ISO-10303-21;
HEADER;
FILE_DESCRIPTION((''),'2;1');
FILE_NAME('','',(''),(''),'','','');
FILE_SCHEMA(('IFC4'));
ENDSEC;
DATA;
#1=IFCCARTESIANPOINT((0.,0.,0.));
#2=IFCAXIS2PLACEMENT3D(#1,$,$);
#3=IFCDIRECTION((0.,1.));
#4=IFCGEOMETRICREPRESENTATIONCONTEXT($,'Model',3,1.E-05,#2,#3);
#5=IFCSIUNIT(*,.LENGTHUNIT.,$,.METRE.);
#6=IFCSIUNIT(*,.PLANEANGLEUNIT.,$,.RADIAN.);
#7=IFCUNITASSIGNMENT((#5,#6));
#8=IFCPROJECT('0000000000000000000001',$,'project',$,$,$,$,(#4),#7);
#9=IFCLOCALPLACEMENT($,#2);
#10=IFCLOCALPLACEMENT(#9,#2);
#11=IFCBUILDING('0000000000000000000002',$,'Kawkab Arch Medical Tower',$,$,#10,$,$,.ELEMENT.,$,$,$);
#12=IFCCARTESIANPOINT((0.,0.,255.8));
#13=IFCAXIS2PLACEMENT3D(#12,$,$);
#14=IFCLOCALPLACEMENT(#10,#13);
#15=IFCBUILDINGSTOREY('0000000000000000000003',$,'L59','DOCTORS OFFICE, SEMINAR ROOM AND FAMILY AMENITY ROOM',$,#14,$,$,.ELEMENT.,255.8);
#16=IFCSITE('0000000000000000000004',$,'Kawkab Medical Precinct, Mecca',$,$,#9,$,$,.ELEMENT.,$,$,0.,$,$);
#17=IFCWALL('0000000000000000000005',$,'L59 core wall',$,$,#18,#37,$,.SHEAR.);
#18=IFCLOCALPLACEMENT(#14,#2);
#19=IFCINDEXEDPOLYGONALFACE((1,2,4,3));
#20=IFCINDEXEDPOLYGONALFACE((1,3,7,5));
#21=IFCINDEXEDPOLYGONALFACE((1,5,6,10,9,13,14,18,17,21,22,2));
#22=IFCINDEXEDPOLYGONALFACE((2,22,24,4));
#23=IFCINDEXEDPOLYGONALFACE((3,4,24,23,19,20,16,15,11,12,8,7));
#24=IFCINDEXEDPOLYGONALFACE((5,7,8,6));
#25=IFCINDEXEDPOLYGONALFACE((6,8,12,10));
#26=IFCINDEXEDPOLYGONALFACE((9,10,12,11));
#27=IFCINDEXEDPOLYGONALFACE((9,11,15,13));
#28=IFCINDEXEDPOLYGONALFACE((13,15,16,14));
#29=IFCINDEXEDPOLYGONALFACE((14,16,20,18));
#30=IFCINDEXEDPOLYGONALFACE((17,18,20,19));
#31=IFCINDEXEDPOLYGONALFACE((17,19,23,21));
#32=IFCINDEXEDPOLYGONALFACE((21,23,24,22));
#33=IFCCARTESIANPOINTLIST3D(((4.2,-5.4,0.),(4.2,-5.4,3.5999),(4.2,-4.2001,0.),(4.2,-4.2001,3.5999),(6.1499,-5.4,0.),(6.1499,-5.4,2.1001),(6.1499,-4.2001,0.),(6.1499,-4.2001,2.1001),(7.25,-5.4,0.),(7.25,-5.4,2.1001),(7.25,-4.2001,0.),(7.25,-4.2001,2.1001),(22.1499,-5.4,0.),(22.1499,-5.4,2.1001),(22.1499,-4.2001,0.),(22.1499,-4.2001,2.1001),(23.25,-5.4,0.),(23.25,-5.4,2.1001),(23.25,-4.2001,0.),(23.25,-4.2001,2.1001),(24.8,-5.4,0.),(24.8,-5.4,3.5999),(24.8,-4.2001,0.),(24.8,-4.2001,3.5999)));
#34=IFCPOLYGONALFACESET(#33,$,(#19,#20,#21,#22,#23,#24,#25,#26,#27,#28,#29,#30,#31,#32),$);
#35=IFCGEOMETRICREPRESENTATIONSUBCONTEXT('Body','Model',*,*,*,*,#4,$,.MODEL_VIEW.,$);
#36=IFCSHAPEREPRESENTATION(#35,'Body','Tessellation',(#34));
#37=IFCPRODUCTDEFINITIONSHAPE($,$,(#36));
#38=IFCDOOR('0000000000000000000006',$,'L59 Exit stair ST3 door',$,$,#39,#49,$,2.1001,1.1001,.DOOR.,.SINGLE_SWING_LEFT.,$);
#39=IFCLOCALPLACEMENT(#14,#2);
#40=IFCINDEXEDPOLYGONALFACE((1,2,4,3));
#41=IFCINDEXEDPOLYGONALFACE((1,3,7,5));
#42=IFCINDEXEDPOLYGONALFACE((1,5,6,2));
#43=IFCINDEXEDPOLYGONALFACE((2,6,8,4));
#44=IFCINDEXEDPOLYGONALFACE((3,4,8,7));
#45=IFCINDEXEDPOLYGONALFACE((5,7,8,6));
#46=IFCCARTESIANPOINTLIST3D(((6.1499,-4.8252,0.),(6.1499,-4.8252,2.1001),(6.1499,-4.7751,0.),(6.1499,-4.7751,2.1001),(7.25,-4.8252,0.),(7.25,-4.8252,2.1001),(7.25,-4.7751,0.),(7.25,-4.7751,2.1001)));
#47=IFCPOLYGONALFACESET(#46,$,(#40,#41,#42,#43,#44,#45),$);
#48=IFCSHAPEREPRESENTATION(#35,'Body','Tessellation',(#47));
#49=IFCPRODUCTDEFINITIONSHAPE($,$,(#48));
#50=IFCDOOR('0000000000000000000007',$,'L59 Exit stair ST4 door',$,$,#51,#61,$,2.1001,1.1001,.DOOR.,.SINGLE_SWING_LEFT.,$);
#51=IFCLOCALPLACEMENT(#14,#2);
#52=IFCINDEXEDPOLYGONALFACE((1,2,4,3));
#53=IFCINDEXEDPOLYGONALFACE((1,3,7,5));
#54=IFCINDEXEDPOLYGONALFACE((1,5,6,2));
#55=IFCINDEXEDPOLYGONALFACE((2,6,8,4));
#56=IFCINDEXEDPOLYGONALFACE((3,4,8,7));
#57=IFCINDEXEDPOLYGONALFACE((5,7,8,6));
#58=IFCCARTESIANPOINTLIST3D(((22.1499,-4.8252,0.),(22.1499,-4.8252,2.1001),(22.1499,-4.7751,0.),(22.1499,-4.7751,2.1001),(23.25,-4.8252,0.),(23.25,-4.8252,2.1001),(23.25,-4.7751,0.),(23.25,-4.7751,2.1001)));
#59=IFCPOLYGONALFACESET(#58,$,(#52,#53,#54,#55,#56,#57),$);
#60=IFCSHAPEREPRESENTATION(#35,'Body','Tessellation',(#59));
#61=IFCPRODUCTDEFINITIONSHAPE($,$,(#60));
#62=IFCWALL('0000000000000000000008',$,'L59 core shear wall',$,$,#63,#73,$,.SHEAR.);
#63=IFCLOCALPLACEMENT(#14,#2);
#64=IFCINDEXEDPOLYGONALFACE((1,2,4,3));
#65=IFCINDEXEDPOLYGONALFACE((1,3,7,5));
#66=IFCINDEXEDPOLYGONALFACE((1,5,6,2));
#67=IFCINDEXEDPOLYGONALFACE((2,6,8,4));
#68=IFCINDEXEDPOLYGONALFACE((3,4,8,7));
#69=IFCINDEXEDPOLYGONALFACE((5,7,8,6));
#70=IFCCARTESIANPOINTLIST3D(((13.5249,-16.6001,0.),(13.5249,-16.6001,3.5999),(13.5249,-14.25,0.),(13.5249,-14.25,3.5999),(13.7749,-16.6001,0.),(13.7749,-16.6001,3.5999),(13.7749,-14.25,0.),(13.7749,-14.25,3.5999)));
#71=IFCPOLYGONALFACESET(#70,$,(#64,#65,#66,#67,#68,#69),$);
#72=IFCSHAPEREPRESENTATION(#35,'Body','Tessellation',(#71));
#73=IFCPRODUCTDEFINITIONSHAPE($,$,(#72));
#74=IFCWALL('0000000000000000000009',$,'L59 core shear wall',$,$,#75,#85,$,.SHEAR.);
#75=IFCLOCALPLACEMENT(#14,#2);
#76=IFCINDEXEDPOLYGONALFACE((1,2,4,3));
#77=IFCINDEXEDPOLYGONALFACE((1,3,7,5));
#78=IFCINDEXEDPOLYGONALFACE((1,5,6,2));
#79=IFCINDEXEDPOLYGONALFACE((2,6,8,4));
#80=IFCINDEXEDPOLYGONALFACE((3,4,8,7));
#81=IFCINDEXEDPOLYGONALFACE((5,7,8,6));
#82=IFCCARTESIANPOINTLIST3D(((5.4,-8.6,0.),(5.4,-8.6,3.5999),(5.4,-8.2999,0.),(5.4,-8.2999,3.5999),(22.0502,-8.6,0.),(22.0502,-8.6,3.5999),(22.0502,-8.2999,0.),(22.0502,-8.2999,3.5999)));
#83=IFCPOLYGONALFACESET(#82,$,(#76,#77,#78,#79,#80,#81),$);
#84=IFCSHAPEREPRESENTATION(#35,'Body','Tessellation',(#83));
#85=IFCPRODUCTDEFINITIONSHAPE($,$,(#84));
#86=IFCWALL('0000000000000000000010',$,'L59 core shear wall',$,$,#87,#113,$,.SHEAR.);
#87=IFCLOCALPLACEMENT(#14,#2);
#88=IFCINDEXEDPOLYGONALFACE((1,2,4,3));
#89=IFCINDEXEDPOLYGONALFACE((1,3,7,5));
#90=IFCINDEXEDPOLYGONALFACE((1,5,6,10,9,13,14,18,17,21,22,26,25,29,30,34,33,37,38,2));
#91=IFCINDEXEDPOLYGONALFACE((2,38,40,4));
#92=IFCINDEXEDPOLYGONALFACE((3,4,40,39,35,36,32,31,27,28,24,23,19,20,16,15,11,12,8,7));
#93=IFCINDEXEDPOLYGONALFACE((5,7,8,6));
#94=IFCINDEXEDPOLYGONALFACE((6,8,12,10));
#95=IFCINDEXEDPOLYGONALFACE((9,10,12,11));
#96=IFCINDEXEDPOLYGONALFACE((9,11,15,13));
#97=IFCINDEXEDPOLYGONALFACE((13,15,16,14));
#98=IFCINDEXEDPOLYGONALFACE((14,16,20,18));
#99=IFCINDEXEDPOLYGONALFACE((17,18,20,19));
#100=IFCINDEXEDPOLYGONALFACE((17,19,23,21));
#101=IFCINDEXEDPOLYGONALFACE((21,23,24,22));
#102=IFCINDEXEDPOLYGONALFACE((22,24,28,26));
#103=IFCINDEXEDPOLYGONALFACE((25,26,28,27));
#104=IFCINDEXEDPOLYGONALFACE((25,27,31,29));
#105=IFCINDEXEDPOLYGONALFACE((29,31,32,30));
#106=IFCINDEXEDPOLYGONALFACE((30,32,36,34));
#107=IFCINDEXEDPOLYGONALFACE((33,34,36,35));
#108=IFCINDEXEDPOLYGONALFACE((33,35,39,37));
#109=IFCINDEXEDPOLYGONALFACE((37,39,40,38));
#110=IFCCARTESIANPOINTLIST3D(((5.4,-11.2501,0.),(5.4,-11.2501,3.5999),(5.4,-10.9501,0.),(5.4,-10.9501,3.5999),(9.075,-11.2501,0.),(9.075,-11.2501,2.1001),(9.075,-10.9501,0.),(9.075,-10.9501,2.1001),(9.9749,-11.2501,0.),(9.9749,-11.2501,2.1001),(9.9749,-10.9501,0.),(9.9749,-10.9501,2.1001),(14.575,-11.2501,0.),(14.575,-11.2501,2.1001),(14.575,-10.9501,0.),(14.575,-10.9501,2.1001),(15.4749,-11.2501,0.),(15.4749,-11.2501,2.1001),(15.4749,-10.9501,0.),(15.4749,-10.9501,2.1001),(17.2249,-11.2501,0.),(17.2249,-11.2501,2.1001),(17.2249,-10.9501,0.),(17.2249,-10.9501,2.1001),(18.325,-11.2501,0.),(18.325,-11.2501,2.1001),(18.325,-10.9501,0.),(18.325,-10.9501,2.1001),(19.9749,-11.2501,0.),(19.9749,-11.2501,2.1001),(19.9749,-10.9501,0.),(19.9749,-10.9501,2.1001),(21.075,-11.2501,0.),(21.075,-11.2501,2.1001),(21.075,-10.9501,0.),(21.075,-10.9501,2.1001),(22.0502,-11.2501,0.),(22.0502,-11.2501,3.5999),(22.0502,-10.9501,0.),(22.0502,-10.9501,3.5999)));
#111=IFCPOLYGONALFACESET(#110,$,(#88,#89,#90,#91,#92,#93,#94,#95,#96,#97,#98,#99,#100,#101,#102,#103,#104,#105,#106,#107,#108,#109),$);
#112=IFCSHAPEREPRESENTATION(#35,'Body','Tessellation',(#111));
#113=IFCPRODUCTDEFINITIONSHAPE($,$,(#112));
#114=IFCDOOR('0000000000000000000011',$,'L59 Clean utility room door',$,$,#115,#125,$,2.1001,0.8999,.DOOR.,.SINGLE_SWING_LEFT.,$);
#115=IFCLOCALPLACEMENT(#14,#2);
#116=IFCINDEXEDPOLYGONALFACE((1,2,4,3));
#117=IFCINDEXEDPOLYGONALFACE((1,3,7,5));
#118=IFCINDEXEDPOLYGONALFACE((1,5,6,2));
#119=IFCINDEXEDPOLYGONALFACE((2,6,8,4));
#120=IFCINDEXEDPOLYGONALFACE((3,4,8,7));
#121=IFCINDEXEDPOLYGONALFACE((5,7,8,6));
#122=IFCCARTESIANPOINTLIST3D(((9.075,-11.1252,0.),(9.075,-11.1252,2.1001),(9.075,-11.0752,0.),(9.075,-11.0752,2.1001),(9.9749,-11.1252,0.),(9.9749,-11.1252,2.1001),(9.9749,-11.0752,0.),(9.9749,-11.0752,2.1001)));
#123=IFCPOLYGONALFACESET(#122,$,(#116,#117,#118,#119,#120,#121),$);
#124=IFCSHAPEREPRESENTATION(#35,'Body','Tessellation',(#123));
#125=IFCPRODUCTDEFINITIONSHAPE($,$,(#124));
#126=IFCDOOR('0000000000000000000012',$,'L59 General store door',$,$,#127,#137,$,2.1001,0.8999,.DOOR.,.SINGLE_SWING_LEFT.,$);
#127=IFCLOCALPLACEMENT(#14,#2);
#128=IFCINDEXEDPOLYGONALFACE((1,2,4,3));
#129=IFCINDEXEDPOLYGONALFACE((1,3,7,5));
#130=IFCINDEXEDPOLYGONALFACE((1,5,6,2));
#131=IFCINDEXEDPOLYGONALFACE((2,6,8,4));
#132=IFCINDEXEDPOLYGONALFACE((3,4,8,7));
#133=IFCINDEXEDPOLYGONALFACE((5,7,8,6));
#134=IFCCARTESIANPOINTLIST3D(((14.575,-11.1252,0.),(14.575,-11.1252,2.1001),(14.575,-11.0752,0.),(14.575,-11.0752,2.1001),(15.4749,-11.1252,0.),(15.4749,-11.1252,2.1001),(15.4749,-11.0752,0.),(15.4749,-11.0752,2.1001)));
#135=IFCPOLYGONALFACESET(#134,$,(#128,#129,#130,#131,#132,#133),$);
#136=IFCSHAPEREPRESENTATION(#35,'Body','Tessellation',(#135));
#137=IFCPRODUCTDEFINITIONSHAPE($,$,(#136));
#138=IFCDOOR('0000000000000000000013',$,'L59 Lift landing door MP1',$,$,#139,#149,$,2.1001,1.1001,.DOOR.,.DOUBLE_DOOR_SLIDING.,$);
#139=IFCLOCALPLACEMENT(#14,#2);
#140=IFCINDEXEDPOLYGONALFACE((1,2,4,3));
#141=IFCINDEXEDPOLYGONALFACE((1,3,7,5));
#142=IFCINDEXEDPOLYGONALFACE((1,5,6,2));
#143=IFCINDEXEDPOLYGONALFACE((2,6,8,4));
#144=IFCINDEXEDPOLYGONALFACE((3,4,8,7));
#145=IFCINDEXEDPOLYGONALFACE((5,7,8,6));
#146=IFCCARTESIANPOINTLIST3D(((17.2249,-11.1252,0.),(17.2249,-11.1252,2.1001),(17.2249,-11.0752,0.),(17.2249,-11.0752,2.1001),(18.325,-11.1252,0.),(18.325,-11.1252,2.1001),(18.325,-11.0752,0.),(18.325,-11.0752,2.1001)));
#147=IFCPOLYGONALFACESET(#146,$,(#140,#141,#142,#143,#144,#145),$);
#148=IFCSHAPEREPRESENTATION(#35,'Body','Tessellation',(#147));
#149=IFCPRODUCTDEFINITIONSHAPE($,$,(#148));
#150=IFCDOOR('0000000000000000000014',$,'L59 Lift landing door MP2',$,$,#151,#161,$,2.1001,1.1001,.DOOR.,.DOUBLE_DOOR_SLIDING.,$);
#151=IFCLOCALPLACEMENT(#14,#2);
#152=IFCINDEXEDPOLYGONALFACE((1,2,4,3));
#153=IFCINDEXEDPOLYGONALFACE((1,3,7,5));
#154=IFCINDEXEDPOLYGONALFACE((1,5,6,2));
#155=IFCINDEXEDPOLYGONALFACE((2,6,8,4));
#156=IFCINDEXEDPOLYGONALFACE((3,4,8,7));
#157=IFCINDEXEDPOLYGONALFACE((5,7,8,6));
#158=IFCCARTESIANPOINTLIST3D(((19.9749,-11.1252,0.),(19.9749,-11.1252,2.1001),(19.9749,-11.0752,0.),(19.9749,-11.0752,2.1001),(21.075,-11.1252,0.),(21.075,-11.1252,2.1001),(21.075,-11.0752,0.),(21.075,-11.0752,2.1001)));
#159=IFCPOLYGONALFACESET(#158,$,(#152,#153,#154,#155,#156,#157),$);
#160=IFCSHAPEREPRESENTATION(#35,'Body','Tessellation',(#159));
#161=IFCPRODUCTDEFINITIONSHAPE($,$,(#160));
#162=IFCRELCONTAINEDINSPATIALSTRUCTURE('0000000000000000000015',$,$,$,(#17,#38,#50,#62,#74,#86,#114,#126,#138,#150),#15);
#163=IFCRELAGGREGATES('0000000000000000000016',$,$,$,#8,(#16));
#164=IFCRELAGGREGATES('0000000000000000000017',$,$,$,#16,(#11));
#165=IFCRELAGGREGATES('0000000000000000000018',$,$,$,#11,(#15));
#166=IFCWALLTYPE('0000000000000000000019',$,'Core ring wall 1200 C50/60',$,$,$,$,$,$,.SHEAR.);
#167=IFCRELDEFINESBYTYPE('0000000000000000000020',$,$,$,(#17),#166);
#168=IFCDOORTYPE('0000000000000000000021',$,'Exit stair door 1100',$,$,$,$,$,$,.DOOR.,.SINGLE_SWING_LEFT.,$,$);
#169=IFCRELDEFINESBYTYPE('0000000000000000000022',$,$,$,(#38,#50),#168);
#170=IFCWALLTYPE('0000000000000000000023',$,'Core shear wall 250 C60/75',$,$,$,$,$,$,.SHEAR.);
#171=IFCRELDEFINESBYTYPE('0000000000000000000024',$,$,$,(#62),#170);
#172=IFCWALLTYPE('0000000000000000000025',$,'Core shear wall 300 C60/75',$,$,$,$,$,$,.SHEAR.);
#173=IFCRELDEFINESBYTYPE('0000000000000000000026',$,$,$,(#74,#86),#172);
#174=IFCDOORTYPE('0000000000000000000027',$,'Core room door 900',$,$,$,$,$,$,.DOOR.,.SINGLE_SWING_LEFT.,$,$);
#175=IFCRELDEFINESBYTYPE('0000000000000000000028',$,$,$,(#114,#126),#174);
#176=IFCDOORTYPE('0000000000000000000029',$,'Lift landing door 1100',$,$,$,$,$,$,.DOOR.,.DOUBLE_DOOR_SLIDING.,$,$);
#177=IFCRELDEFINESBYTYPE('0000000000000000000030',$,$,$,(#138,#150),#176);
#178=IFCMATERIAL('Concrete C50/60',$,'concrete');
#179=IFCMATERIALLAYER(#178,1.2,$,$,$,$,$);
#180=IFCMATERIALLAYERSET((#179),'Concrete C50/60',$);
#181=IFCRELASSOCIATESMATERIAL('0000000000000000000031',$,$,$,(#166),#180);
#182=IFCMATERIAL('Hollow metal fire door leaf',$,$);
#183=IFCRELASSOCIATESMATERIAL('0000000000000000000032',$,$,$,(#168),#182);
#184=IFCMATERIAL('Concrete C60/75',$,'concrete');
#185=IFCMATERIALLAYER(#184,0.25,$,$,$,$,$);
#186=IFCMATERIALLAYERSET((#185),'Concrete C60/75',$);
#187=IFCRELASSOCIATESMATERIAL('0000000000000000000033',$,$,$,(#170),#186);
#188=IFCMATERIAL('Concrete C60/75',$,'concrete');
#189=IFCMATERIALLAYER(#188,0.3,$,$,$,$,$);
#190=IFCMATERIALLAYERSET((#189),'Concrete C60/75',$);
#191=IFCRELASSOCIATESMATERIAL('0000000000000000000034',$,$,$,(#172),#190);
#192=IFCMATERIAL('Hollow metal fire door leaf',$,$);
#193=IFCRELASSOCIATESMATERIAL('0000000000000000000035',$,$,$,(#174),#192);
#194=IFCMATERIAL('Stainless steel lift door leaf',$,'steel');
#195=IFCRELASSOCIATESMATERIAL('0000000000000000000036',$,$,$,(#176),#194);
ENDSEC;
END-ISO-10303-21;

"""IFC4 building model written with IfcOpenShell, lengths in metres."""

from ifc_helpers import new_model, si_unit, direction, frame, frame_2d, origin, place, context, subcontext, project, spatial, rectangle, extrude, material, layer, layer_set, type_object, element, fill, save


model = new_model("IFC4")

# Units and contexts
model_context = context("Model", 3, precision=1e-05, world=origin(), true_north=direction((0.0, 1.0)))
body_context = subcontext(model_context, "Body", "Model", "MODEL_VIEW")
ifc_project = project(units=[si_unit("LENGTHUNIT", "METRE"), si_unit("PLANEANGLEUNIT", "RADIAN")], contexts=[model_context])

# Site, building, storey
site_placement = place(None, origin())
site = spatial("IfcSite", under=ifc_project, at=site_placement, Name="Kawkab Medical Precinct, Mecca", CompositionType="ELEMENT", RefElevation=0.0)
building_placement = place(site_placement, origin())
building = spatial("IfcBuilding", under=site, at=building_placement, Name="Kawkab Arch Medical Tower", CompositionType="ELEMENT")
storey_placement = place(building_placement, frame((0.0, 0.0, 255.8)))
storey = spatial("IfcBuildingStorey", under=building, at=storey_placement, Name="L59", Description="DOCTORS OFFICE, SEMINAR ROOM AND FAMILY AMENITY ROOM", CompositionType="ELEMENT", Elevation=255.8)

# Wall, openings, doors
ifc_material_1 = material(Name="Concrete C50/60", Category="concrete")
ifc_layer_1 = layer(ifc_material_1, 1.2)
ifc_layer_set_1 = layer_set([ifc_layer_1], Name="Concrete C50/60")
wall_type_1 = type_object("IfcWallType", Name="Core ring wall 1200 C50/60", PredefinedType="SHEAR", material=ifc_layer_set_1)
wall_1_placement = place(storey_placement, frame((4.2, -4.8, 0.0), z_axis=(0.0, 0.0, 1.0), x_axis=(1.0, 0.0, 0.0)))
wall_1 = element("IfcWall", 1, at=wall_1_placement, inside=storey, type_object=wall_type_1, Name="L59 core wall", PredefinedType="SHEAR", context=body_context, shape_type="SweptSolid", body=[
    extrude(rectangle(XDim=20.6001, YDim=1.2, at=frame_2d((10.3, 0.0))), origin(), (0.0, 0.0, 1.0), 3.5999),
])
opening_1_placement = place(wall_1_placement, frame((1.95, 0.0, 0.0)))
opening_1 = element("IfcOpeningElement", 2, at=opening_1_placement, cuts=wall_1, PredefinedType="OPENING", context=body_context, shape_type="SweptSolid", body=[
    extrude(rectangle(XDim=1.1001, YDim=2.1001, at=frame_2d((0.55, 1.05))), frame((0.0, 0.6099, 0.0), z_axis=(0.0, -1.0, 0.0), x_axis=(1.0, 0.0, 0.0)), (0.0, 0.0, 1.0), 1.22),
])
opening_2_placement = place(wall_1_placement, frame((17.95, 0.0, 0.0)))
opening_2 = element("IfcOpeningElement", 3, at=opening_2_placement, cuts=wall_1, PredefinedType="OPENING", context=body_context, shape_type="SweptSolid", body=[
    extrude(rectangle(XDim=1.1001, YDim=2.1001, at=frame_2d((0.55, 1.05))), frame((0.0, 0.6099, 0.0), z_axis=(0.0, -1.0, 0.0), x_axis=(1.0, 0.0, 0.0)), (0.0, 0.0, 1.0), 1.22),
])
ifc_material_2 = material(Name="Hollow metal fire door leaf")
door_type_1 = type_object("IfcDoorType", Name="Exit stair door 1100", OperationType="SINGLE_SWING_LEFT", PredefinedType="DOOR", material=ifc_material_2)
door_1_placement = place(opening_1_placement, origin())
door_1 = element("IfcDoor", 4, at=door_1_placement, inside=storey, type_object=door_type_1, Name="L59 Exit stair ST3 door", OperationType="SINGLE_SWING_LEFT", OverallHeight=2.1001, OverallWidth=1.1001, PredefinedType="DOOR", context=body_context, shape_type="SweptSolid", body=[
    extrude(rectangle(XDim=1.1001, YDim=2.1001, at=frame_2d((0.55, 1.05))), frame((0.0, 0.0249, 0.0), z_axis=(0.0, -1.0, 0.0), x_axis=(1.0, 0.0, 0.0)), (0.0, 0.0, 1.0), 0.05),
])
fill(opening_1, door_1)
door_2_placement = place(opening_2_placement, origin())
door_2 = element("IfcDoor", 5, at=door_2_placement, inside=storey, type_object=door_type_1, Name="L59 Exit stair ST4 door", OperationType="SINGLE_SWING_LEFT", OverallHeight=2.1001, OverallWidth=1.1001, PredefinedType="DOOR", context=body_context, shape_type="SweptSolid", body=[
    extrude(rectangle(XDim=1.1001, YDim=2.1001, at=frame_2d((0.55, 1.05))), frame((0.0, 0.0249, 0.0), z_axis=(0.0, -1.0, 0.0), x_axis=(1.0, 0.0, 0.0)), (0.0, 0.0, 1.0), 0.05),
])
fill(opening_2, door_2)

# Walls
ifc_material_3 = material(Name="Concrete C60/75", Category="concrete")
ifc_layer_2 = layer(ifc_material_3, 0.25)
ifc_layer_set_2 = layer_set([ifc_layer_2], Name="Concrete C60/75")
wall_type_2 = type_object("IfcWallType", Name="Core shear wall 250 C60/75", PredefinedType="SHEAR", material=ifc_layer_set_2)
wall_2_placement = place(storey_placement, frame((13.6499, -16.6001, 0.0), z_axis=(0.0, 0.0, 1.0), x_axis=(0.0, 1.0, 0.0)))
element("IfcWall", 6, at=wall_2_placement, inside=storey, type_object=wall_type_2, Name="L59 core shear wall", PredefinedType="SHEAR", context=body_context, shape_type="SweptSolid", body=[
    extrude(rectangle(XDim=2.3501, YDim=0.25, at=frame_2d((1.175, 0.0))), origin(), (0.0, 0.0, 1.0), 3.5999),
])
ifc_material_4 = material(Name="Concrete C60/75", Category="concrete")
ifc_layer_3 = layer(ifc_material_4, 0.3)
ifc_layer_set_3 = layer_set([ifc_layer_3], Name="Concrete C60/75")
wall_type_3 = type_object("IfcWallType", Name="Core shear wall 300 C60/75", PredefinedType="SHEAR", material=ifc_layer_set_3)
wall_3_placement = place(storey_placement, frame((5.3999, -8.45, 0.0), z_axis=(0.0, 0.0, 1.0), x_axis=(1.0, 0.0, 0.0)))
element("IfcWall", 7, at=wall_3_placement, inside=storey, type_object=wall_type_3, Name="L59 core shear wall", PredefinedType="SHEAR", context=body_context, shape_type="SweptSolid", body=[
    extrude(rectangle(XDim=16.6501, YDim=0.3, at=frame_2d((8.3252, 0.0))), origin(), (0.0, 0.0, 1.0), 3.5999),
])

# Wall, openings, doors
wall_4_placement = place(storey_placement, frame((5.3999, -11.1001, 0.0), z_axis=(0.0, 0.0, 1.0), x_axis=(1.0, 0.0, 0.0)))
wall_4 = element("IfcWall", 8, at=wall_4_placement, inside=storey, type_object=wall_type_3, Name="L59 core shear wall", PredefinedType="SHEAR", context=body_context, shape_type="SweptSolid", body=[
    extrude(rectangle(XDim=16.6501, YDim=0.3, at=frame_2d((8.3252, 0.0))), origin(), (0.0, 0.0, 1.0), 3.5999),
])
opening_3_placement = place(wall_4_placement, frame((11.825, 0.0, 0.0)))
opening_3 = element("IfcOpeningElement", 9, at=opening_3_placement, cuts=wall_4, PredefinedType="OPENING", context=body_context, shape_type="SweptSolid", body=[
    extrude(rectangle(XDim=1.1001, YDim=2.1001, at=frame_2d((0.55, 1.05))), frame((0.0, 0.1599, 0.0), z_axis=(0.0, -1.0, 0.0), x_axis=(1.0, 0.0, 0.0)), (0.0, 0.0, 1.0), 0.3201),
])
opening_4_placement = place(wall_4_placement, frame((14.575, 0.0, 0.0)))
opening_4 = element("IfcOpeningElement", 10, at=opening_4_placement, cuts=wall_4, PredefinedType="OPENING", context=body_context, shape_type="SweptSolid", body=[
    extrude(rectangle(XDim=1.1001, YDim=2.1001, at=frame_2d((0.55, 1.05))), frame((0.0, 0.1599, 0.0), z_axis=(0.0, -1.0, 0.0), x_axis=(1.0, 0.0, 0.0)), (0.0, 0.0, 1.0), 0.3201),
])
opening_5_placement = place(wall_4_placement, frame((3.675, 0.0, 0.0)))
opening_5 = element("IfcOpeningElement", 11, at=opening_5_placement, cuts=wall_4, PredefinedType="OPENING", context=body_context, shape_type="SweptSolid", body=[
    extrude(rectangle(XDim=0.8999, YDim=2.1001, at=frame_2d((0.45, 1.05))), frame((0.0, 0.1599, 0.0), z_axis=(0.0, -1.0, 0.0), x_axis=(1.0, 0.0, 0.0)), (0.0, 0.0, 1.0), 0.3201),
])
opening_6_placement = place(wall_4_placement, frame((9.175, 0.0, 0.0)))
opening_6 = element("IfcOpeningElement", 12, at=opening_6_placement, cuts=wall_4, PredefinedType="OPENING", context=body_context, shape_type="SweptSolid", body=[
    extrude(rectangle(XDim=0.8999, YDim=2.1001, at=frame_2d((0.45, 1.05))), frame((0.0, 0.1599, 0.0), z_axis=(0.0, -1.0, 0.0), x_axis=(1.0, 0.0, 0.0)), (0.0, 0.0, 1.0), 0.3201),
])
ifc_material_5 = material(Name="Hollow metal fire door leaf")
door_type_2 = type_object("IfcDoorType", Name="Core room door 900", OperationType="SINGLE_SWING_LEFT", PredefinedType="DOOR", material=ifc_material_5)
door_3_placement = place(opening_5_placement, origin())
door_3 = element("IfcDoor", 13, at=door_3_placement, inside=storey, type_object=door_type_2, Name="L59 Clean utility room door", OperationType="SINGLE_SWING_LEFT", OverallHeight=2.1001, OverallWidth=0.8999, PredefinedType="DOOR", context=body_context, shape_type="SweptSolid", body=[
    extrude(rectangle(XDim=0.8999, YDim=2.1001, at=frame_2d((0.45, 1.05))), frame((0.0, 0.0249, 0.0), z_axis=(0.0, -1.0, 0.0), x_axis=(1.0, 0.0, 0.0)), (0.0, 0.0, 1.0), 0.05),
])
fill(opening_5, door_3)
door_4_placement = place(opening_6_placement, origin())
door_4 = element("IfcDoor", 14, at=door_4_placement, inside=storey, type_object=door_type_2, Name="L59 General store door", OperationType="SINGLE_SWING_LEFT", OverallHeight=2.1001, OverallWidth=0.8999, PredefinedType="DOOR", context=body_context, shape_type="SweptSolid", body=[
    extrude(rectangle(XDim=0.8999, YDim=2.1001, at=frame_2d((0.45, 1.05))), frame((0.0, 0.0249, 0.0), z_axis=(0.0, -1.0, 0.0), x_axis=(1.0, 0.0, 0.0)), (0.0, 0.0, 1.0), 0.05),
])
fill(opening_6, door_4)
ifc_material_6 = material(Name="Stainless steel lift door leaf", Category="steel")
door_type_3 = type_object("IfcDoorType", Name="Lift landing door 1100", OperationType="DOUBLE_DOOR_SLIDING", PredefinedType="DOOR", material=ifc_material_6)
door_5_placement = place(opening_3_placement, origin())
door_5 = element("IfcDoor", 15, at=door_5_placement, inside=storey, type_object=door_type_3, Name="L59 Lift landing door MP1", OperationType="DOUBLE_DOOR_SLIDING", OverallHeight=2.1001, OverallWidth=1.1001, PredefinedType="DOOR", context=body_context, shape_type="SweptSolid", body=[
    extrude(rectangle(XDim=1.1001, YDim=2.1001, at=frame_2d((0.55, 1.05))), frame((0.0, 0.0249, 0.0), z_axis=(0.0, -1.0, 0.0), x_axis=(1.0, 0.0, 0.0)), (0.0, 0.0, 1.0), 0.05),
])
fill(opening_3, door_5)
door_6_placement = place(opening_4_placement, origin())
door_6 = element("IfcDoor", 16, at=door_6_placement, inside=storey, type_object=door_type_3, Name="L59 Lift landing door MP2", OperationType="DOUBLE_DOOR_SLIDING", OverallHeight=2.1001, OverallWidth=1.1001, PredefinedType="DOOR", context=body_context, shape_type="SweptSolid", body=[
    extrude(rectangle(XDim=1.1001, YDim=2.1001, at=frame_2d((0.55, 1.05))), frame((0.0, 0.0249, 0.0), z_axis=(0.0, -1.0, 0.0), x_axis=(1.0, 0.0, 0.0)), (0.0, 0.0, 1.0), 0.05),
])
fill(opening_4, door_6)

save(model, "model.ifc")
